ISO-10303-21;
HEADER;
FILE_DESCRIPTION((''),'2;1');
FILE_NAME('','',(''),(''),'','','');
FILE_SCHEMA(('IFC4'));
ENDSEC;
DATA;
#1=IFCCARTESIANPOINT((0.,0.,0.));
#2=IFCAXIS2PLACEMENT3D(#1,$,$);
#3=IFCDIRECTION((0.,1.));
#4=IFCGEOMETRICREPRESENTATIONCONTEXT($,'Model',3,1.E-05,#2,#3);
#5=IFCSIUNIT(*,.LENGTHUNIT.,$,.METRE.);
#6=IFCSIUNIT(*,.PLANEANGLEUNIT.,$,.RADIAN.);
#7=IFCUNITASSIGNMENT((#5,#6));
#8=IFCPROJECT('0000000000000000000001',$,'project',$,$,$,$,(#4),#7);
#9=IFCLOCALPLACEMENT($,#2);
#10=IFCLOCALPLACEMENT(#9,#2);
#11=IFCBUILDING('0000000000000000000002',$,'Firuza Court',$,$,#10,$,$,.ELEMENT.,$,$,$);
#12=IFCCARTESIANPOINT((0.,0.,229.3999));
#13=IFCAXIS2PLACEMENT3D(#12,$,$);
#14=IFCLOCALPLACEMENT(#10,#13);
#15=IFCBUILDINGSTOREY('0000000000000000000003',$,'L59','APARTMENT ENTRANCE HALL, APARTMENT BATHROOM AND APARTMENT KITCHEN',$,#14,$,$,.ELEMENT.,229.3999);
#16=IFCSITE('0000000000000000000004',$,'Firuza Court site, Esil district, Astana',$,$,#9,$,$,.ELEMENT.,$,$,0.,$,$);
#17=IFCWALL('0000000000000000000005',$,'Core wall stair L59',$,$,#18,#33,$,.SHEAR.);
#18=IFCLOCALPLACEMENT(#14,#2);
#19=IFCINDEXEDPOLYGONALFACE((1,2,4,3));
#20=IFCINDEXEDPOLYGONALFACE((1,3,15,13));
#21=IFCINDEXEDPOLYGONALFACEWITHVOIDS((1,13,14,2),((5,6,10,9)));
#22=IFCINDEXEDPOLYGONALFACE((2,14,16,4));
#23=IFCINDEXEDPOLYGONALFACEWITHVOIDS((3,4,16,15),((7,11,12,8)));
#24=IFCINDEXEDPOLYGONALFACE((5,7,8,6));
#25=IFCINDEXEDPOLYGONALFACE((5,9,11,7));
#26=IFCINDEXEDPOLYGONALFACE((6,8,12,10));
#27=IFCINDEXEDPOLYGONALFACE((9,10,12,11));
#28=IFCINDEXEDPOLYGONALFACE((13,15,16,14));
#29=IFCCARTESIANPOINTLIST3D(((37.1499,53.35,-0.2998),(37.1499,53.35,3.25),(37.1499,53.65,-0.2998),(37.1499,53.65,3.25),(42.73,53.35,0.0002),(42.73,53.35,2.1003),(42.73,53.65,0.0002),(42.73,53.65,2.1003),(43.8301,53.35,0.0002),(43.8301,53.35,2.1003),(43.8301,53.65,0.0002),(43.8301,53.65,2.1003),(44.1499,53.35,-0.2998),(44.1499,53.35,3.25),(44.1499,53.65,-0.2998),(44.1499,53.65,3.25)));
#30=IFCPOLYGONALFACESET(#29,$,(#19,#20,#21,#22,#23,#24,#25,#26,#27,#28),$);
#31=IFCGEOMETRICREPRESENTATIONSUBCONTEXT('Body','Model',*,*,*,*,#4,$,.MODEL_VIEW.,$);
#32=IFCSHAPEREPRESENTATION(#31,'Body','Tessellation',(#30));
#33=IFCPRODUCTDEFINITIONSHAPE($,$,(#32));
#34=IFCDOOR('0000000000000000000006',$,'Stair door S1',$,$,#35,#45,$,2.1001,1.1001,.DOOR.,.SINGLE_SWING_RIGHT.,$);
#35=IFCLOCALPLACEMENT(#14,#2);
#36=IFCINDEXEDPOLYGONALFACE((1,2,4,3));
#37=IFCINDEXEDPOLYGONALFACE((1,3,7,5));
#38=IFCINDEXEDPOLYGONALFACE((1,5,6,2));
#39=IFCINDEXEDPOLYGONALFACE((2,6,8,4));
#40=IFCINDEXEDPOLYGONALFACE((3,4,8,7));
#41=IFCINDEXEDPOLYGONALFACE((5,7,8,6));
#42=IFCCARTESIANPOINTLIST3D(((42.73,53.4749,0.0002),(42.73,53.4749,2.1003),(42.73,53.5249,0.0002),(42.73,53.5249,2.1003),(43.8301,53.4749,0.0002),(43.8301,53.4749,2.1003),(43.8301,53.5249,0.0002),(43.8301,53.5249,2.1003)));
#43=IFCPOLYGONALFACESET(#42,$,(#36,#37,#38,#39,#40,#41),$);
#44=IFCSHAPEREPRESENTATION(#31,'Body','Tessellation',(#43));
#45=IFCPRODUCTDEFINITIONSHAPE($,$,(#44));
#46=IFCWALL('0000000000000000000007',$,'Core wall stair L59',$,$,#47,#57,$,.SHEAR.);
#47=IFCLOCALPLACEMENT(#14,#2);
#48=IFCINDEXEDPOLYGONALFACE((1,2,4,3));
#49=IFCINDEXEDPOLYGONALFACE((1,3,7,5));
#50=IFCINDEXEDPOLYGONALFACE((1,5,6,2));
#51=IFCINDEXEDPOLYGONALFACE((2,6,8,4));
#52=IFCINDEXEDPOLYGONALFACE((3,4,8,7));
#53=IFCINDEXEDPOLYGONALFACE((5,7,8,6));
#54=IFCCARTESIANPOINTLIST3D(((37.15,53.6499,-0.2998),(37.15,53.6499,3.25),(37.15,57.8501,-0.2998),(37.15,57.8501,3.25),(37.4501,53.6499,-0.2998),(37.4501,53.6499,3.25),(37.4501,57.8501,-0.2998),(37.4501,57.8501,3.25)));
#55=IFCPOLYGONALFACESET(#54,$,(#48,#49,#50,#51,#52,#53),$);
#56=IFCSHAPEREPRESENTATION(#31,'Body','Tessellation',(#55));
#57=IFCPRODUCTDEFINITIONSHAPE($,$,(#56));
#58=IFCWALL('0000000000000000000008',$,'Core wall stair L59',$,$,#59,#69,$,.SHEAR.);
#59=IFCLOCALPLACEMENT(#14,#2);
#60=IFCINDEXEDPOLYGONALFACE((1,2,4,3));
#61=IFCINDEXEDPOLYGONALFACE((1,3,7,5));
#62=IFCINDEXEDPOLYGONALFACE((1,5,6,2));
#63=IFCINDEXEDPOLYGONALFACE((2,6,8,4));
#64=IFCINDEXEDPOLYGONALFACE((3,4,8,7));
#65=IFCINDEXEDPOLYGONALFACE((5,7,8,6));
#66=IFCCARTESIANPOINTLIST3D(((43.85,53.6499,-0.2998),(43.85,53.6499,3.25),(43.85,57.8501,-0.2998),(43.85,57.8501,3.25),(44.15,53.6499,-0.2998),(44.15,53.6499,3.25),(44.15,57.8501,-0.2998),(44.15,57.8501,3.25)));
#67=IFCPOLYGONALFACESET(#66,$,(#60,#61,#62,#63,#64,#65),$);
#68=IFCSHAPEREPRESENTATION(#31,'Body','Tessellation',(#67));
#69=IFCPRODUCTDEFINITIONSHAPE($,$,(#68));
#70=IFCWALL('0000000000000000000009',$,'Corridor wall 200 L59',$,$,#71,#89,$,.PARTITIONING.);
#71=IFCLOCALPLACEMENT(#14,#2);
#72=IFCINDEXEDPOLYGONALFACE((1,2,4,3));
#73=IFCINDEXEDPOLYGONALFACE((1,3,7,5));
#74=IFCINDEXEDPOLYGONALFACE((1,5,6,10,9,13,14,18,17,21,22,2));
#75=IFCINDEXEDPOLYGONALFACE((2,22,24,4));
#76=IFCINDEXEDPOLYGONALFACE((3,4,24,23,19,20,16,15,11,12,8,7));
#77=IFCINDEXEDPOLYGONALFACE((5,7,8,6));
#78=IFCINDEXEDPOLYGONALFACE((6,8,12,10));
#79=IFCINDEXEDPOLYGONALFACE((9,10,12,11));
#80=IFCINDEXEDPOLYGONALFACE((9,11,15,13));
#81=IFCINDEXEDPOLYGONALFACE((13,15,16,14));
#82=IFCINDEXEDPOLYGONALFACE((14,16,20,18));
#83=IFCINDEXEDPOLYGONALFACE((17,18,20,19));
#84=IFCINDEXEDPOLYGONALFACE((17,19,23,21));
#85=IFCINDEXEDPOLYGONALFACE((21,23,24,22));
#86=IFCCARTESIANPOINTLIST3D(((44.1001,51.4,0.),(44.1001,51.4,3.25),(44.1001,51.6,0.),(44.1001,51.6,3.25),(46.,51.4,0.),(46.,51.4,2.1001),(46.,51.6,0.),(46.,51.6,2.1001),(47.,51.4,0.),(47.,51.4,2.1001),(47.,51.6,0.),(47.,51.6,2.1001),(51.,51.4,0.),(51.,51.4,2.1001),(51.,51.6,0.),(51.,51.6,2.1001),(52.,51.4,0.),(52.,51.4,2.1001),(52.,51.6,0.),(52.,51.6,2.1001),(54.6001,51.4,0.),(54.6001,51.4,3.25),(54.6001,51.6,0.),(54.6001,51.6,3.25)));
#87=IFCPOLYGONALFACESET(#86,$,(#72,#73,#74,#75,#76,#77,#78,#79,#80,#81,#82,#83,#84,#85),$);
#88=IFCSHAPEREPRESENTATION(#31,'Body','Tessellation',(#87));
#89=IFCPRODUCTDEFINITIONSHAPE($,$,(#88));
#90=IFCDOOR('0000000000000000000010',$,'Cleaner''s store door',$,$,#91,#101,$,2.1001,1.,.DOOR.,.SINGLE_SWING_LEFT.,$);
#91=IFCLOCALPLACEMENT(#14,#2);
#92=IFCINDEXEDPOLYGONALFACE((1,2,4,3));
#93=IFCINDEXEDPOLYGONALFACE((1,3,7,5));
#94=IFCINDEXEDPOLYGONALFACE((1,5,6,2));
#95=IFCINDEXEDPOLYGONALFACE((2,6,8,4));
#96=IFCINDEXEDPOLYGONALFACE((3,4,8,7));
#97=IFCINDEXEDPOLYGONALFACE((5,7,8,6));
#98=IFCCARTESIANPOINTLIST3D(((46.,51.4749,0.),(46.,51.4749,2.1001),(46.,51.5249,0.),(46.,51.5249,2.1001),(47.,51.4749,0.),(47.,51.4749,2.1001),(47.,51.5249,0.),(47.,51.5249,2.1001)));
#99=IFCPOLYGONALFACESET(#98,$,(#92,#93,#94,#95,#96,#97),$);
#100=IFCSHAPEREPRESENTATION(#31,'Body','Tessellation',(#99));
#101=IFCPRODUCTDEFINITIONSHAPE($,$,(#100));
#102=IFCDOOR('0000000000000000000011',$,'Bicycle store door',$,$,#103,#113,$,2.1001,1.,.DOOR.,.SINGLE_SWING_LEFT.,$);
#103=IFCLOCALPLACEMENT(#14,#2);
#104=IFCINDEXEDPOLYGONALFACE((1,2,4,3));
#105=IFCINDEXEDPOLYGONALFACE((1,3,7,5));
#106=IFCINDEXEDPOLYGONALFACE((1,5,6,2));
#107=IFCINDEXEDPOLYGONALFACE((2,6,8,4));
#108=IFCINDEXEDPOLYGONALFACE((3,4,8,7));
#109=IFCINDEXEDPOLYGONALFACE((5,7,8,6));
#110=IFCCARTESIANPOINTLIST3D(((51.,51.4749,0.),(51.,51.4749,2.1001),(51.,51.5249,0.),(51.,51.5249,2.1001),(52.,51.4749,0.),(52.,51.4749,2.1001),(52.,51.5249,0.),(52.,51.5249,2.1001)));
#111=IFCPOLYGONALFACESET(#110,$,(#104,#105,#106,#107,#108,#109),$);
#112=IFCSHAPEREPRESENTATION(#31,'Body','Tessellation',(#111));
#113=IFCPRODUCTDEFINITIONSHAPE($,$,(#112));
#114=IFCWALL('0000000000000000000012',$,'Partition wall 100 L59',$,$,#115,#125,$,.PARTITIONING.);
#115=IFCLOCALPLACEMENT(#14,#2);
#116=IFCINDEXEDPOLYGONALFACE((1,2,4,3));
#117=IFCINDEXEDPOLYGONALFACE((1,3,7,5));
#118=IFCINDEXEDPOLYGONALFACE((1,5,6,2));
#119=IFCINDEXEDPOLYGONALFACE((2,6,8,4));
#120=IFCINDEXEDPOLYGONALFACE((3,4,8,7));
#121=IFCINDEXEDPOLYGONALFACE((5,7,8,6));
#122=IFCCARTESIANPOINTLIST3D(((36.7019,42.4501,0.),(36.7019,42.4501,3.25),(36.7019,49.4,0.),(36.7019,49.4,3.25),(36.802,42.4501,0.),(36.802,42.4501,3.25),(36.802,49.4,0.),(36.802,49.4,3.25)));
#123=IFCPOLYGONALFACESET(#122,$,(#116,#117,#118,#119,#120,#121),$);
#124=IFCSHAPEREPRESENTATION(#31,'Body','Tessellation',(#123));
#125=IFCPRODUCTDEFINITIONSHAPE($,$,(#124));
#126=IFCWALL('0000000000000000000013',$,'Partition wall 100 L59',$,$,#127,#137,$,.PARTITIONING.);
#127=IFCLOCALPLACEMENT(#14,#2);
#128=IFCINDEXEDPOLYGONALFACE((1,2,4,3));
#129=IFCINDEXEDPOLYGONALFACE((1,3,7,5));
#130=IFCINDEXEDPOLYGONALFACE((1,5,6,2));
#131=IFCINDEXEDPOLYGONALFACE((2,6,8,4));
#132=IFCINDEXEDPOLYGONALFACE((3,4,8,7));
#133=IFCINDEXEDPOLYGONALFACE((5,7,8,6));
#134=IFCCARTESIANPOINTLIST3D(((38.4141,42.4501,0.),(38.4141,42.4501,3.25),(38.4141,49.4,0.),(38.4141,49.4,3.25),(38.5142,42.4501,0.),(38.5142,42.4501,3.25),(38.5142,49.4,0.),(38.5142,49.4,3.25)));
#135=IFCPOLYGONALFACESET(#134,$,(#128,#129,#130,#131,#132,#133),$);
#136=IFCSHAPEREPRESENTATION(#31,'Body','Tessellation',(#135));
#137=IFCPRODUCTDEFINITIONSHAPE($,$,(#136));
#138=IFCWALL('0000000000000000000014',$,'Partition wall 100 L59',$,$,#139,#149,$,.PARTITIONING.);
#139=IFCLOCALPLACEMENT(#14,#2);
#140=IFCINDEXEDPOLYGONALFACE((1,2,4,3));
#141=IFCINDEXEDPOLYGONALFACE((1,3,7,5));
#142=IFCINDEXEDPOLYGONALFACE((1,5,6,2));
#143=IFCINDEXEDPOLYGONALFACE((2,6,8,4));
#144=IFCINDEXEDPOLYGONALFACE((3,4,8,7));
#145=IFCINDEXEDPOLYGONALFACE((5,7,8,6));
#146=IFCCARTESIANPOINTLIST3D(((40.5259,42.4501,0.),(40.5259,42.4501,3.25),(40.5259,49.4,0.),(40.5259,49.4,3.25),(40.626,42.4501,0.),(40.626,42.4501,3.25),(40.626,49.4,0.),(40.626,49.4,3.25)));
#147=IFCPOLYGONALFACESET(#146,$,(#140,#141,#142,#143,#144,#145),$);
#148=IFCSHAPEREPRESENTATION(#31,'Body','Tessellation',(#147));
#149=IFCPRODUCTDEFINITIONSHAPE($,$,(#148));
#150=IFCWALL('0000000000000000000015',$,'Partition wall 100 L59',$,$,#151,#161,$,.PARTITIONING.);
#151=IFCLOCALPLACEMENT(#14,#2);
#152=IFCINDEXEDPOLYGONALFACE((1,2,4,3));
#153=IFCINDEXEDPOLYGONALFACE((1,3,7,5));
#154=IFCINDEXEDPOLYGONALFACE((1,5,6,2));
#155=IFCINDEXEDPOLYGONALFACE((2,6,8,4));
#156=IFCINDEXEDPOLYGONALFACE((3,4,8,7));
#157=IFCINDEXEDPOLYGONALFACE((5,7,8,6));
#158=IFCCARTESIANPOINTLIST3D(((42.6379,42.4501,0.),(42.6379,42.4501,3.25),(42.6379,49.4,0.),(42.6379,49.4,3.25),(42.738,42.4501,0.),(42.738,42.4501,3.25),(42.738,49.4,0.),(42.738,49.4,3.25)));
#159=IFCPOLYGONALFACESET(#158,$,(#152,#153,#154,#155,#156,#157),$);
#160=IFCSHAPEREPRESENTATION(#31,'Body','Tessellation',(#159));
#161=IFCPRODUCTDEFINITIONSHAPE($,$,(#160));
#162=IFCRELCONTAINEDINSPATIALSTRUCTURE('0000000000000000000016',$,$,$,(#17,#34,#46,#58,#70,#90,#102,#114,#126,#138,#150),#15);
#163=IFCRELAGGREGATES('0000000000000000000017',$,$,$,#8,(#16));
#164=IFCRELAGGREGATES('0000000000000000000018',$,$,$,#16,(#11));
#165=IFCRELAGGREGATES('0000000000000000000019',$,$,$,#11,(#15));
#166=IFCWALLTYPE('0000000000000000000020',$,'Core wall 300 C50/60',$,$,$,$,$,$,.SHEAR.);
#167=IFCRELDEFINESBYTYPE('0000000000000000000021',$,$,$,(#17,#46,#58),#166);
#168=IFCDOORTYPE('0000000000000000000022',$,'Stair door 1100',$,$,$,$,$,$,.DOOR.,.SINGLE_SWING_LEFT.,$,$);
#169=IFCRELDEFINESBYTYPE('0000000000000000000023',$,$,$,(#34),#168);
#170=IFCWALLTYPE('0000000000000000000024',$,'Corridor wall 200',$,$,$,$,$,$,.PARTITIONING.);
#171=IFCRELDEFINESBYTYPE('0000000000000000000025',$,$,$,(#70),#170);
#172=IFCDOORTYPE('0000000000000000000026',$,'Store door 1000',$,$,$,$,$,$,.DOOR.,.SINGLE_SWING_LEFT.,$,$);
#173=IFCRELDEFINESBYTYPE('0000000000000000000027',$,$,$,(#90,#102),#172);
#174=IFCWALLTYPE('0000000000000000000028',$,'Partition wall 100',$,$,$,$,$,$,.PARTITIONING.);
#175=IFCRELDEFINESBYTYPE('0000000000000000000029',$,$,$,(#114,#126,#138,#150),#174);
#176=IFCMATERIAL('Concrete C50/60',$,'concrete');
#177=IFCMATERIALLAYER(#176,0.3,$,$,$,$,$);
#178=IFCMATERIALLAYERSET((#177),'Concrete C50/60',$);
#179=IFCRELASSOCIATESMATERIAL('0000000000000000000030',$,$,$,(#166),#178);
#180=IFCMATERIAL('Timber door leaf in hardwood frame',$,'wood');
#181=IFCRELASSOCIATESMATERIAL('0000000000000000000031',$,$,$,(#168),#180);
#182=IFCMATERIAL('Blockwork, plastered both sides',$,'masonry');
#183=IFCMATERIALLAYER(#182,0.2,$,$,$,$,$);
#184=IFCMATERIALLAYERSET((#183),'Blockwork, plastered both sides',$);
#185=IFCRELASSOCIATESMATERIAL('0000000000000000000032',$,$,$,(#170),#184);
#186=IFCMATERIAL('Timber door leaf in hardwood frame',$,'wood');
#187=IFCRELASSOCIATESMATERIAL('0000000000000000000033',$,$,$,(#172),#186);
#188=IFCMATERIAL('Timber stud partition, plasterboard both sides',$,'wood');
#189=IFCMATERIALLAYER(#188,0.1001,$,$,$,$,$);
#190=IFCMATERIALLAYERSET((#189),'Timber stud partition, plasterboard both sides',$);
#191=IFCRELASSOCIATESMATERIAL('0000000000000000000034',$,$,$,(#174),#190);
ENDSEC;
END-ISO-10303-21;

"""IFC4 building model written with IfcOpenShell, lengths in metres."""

from ifc_helpers import new_model, si_unit, direction, frame, frame_2d, origin, place, context, subcontext, project, spatial, rectangle, extrude, material, layer, layer_set, type_object, element, fill, save


model = new_model("IFC4")

# Units and contexts
model_context = context("Model", 3, precision=1e-05, world=origin(), true_north=direction((0.0, 1.0)))
body_context = subcontext(model_context, "Body", "Model", "MODEL_VIEW")
ifc_project = project(units=[si_unit("LENGTHUNIT", "METRE"), si_unit("PLANEANGLEUNIT", "RADIAN")], contexts=[model_context])

# Site, building, storey
site_placement = place(None, origin())
site = spatial("IfcSite", under=ifc_project, at=site_placement, Name="Firuza Court site, Esil district, Astana", CompositionType="ELEMENT", RefElevation=0.0)
building_placement = place(site_placement, origin())
building = spatial("IfcBuilding", under=site, at=building_placement, Name="Firuza Court", CompositionType="ELEMENT")
storey_placement = place(building_placement, frame((0.0, 0.0, 229.3999)))
storey = spatial("IfcBuildingStorey", under=building, at=storey_placement, Name="L59", Description="APARTMENT ENTRANCE HALL, APARTMENT BATHROOM AND APARTMENT KITCHEN", CompositionType="ELEMENT", Elevation=229.3999)

# Wall, opening, door
ifc_material_1 = material(Name="Concrete C50/60", Category="concrete")
ifc_layer_1 = layer(ifc_material_1, 0.3)
ifc_layer_set_1 = layer_set([ifc_layer_1], Name="Concrete C50/60")
wall_type_1 = type_object("IfcWallType", Name="Core wall 300 C50/60", PredefinedType="SHEAR", material=ifc_layer_set_1)
wall_1_placement = place(storey_placement, frame((37.1499, 53.5, -0.2998), z_axis=(0.0, 0.0, 1.0), x_axis=(1.0, 0.0, 0.0)))
wall_1 = element("IfcWall", 1, at=wall_1_placement, inside=storey, type_object=wall_type_1, Name="Core wall stair L59", PredefinedType="SHEAR", context=body_context, shape_type="SweptSolid", body=[
    extrude(rectangle(XDim=7.0, YDim=0.3, at=frame_2d((3.5, 0.0))), origin(), (0.0, 0.0, 1.0), 3.5498),
])
opening_1_placement = place(wall_1_placement, frame((5.5801, 0.0, 0.3)))
opening_1 = element("IfcOpeningElement", 2, at=opening_1_placement, cuts=wall_1, PredefinedType="OPENING", context=body_context, shape_type="SweptSolid", body=[
    extrude(rectangle(XDim=1.1001, YDim=2.1001, at=frame_2d((0.55, 1.05))), frame((0.0, 0.1621, 0.0), z_axis=(0.0, -1.0, 0.0), x_axis=(1.0, 0.0, 0.0)), (0.0, 0.0, 1.0), 0.324),
])
ifc_material_2 = material(Name="Timber door leaf in hardwood frame", Category="wood")
door_type_1 = type_object("IfcDoorType", Name="Stair door 1100", OperationType="SINGLE_SWING_LEFT", PredefinedType="DOOR", material=ifc_material_2)
door_1_placement = place(opening_1_placement, origin())
door_1 = element("IfcDoor", 3, at=door_1_placement, inside=storey, type_object=door_type_1, Name="Stair door S1", OperationType="SINGLE_SWING_RIGHT", OverallHeight=2.1001, OverallWidth=1.1001, PredefinedType="DOOR", context=body_context, shape_type="SweptSolid", body=[
    extrude(rectangle(XDim=1.1001, YDim=2.1001, at=frame_2d((0.55, 1.05))), frame((0.0, 0.0249, 0.0), z_axis=(0.0, -1.0, 0.0), x_axis=(1.0, 0.0, 0.0)), (0.0, 0.0, 1.0), 0.05),
])
fill(opening_1, door_1)

# Walls
for number, where, z_axis, x_axis, name in (
    (4, (37.3, 53.6499, -0.2998), (0.0, 0.0, 1.0), (0.0, 1.0, 0.0), "Core wall stair L59"),
    (5, (44.0, 53.6499, -0.2998), (0.0, 0.0, 1.0), (0.0, 1.0, 0.0), "Core wall stair L59"),
):
    element("IfcWall", number, at=place(storey_placement, frame(where, z_axis=z_axis, x_axis=x_axis)), inside=storey, type_object=wall_type_1, Name=name, PredefinedType="SHEAR", context=body_context, shape_type="SweptSolid", body=[
        extrude(rectangle(XDim=4.2002, YDim=0.3, at=frame_2d((2.1001, 0.0))), origin(), (0.0, 0.0, 1.0), 3.5498),
    ])

# Wall, openings, doors
ifc_material_3 = material(Name="Blockwork, plastered both sides", Category="masonry")
ifc_layer_2 = layer(ifc_material_3, 0.2)
ifc_layer_set_2 = layer_set([ifc_layer_2], Name="Blockwork, plastered both sides")
wall_type_2 = type_object("IfcWallType", Name="Corridor wall 200", PredefinedType="PARTITIONING", material=ifc_layer_set_2)
wall_2_placement = place(storey_placement, frame((44.1001, 51.5, 0.0), z_axis=(0.0, 0.0, 1.0), x_axis=(1.0, 0.0, 0.0)))
wall_2 = element("IfcWall", 6, at=wall_2_placement, inside=storey, type_object=wall_type_2, Name="Corridor wall 200 L59", PredefinedType="PARTITIONING", context=body_context, shape_type="SweptSolid", body=[
    extrude(rectangle(XDim=10.5, YDim=0.2, at=frame_2d((5.25, 0.0))), origin(), (0.0, 0.0, 1.0), 3.25),
])
opening_2_placement = place(wall_2_placement, frame((1.8999, 0.0, 0.0)))
opening_2 = element("IfcOpeningElement", 7, at=opening_2_placement, cuts=wall_2, PredefinedType="OPENING", context=body_context, shape_type="SweptSolid", body=[
    extrude(rectangle(XDim=1.0, YDim=2.1001, at=frame_2d((0.5, 1.05))), frame((0.0, 0.1118, 0.0), z_axis=(0.0, -1.0, 0.0), x_axis=(1.0, 0.0, 0.0)), (0.0, 0.0, 1.0), 0.2239),
])
opening_3_placement = place(wall_2_placement, frame((6.8999, 0.0, 0.0)))
opening_3 = element("IfcOpeningElement", 8, at=opening_3_placement, cuts=wall_2, PredefinedType="OPENING", context=body_context, shape_type="SweptSolid", body=[
    extrude(rectangle(XDim=1.0, YDim=2.1001, at=frame_2d((0.5, 1.05))), frame((0.0, 0.1118, 0.0), z_axis=(0.0, -1.0, 0.0), x_axis=(1.0, 0.0, 0.0)), (0.0, 0.0, 1.0), 0.2239),
])
ifc_material_4 = material(Name="Timber door leaf in hardwood frame", Category="wood")
door_type_2 = type_object("IfcDoorType", Name="Store door 1000", OperationType="SINGLE_SWING_LEFT", PredefinedType="DOOR", material=ifc_material_4)
door_2_placement = place(opening_2_placement, origin())
door_2 = element("IfcDoor", 9, at=door_2_placement, inside=storey, type_object=door_type_2, Name="Cleaner's store door", OperationType="SINGLE_SWING_LEFT", OverallHeight=2.1001, OverallWidth=1.0, PredefinedType="DOOR", context=body_context, shape_type="SweptSolid", body=[
    extrude(rectangle(XDim=1.0, YDim=2.1001, at=frame_2d((0.5, 1.05))), frame((0.0, 0.0249, 0.0), z_axis=(0.0, -1.0, 0.0), x_axis=(1.0, 0.0, 0.0)), (0.0, 0.0, 1.0), 0.05),
])
fill(opening_2, door_2)
door_3_placement = place(opening_3_placement, origin())
door_3 = element("IfcDoor", 10, at=door_3_placement, inside=storey, type_object=door_type_2, Name="Bicycle store door", OperationType="SINGLE_SWING_LEFT", OverallHeight=2.1001, OverallWidth=1.0, PredefinedType="DOOR", context=body_context, shape_type="SweptSolid", body=[
    extrude(rectangle(XDim=1.0, YDim=2.1001, at=frame_2d((0.5, 1.05))), frame((0.0, 0.0249, 0.0), z_axis=(0.0, -1.0, 0.0), x_axis=(1.0, 0.0, 0.0)), (0.0, 0.0, 1.0), 0.05),
])
fill(opening_3, door_3)

# Walls
ifc_material_5 = material(Name="Timber stud partition, plasterboard both sides", Category="wood")
ifc_layer_3 = layer(ifc_material_5, 0.1001)
ifc_layer_set_3 = layer_set([ifc_layer_3], Name="Timber stud partition, plasterboard both sides")
wall_type_3 = type_object("IfcWallType", Name="Partition wall 100", PredefinedType="PARTITIONING", material=ifc_layer_set_3)
for number, where, z_axis, x_axis, name in (
    (11, (36.752, 42.45, 0.0), (0.0, 0.0, 1.0), (0.0, 1.0, 0.0), "Partition wall 100 L59"),
    (12, (38.4641, 42.45, 0.0), (0.0, 0.0, 1.0), (0.0, 1.0, 0.0), "Partition wall 100 L59"),
    (13, (40.5759, 42.45, 0.0), (0.0, 0.0, 1.0), (0.0, 1.0, 0.0), "Partition wall 100 L59"),
    (14, (42.688, 42.45, 0.0), (0.0, 0.0, 1.0), (0.0, 1.0, 0.0), "Partition wall 100 L59"),
):
    element("IfcWall", number, at=place(storey_placement, frame(where, z_axis=z_axis, x_axis=x_axis)), inside=storey, type_object=wall_type_3, Name=name, PredefinedType="PARTITIONING", context=body_context, shape_type="SweptSolid", body=[
        extrude(rectangle(XDim=6.95, YDim=0.1001, at=frame_2d((3.4751, 0.0))), origin(), (0.0, 0.0, 1.0), 3.25),
    ])

save(model, "model.ifc")
